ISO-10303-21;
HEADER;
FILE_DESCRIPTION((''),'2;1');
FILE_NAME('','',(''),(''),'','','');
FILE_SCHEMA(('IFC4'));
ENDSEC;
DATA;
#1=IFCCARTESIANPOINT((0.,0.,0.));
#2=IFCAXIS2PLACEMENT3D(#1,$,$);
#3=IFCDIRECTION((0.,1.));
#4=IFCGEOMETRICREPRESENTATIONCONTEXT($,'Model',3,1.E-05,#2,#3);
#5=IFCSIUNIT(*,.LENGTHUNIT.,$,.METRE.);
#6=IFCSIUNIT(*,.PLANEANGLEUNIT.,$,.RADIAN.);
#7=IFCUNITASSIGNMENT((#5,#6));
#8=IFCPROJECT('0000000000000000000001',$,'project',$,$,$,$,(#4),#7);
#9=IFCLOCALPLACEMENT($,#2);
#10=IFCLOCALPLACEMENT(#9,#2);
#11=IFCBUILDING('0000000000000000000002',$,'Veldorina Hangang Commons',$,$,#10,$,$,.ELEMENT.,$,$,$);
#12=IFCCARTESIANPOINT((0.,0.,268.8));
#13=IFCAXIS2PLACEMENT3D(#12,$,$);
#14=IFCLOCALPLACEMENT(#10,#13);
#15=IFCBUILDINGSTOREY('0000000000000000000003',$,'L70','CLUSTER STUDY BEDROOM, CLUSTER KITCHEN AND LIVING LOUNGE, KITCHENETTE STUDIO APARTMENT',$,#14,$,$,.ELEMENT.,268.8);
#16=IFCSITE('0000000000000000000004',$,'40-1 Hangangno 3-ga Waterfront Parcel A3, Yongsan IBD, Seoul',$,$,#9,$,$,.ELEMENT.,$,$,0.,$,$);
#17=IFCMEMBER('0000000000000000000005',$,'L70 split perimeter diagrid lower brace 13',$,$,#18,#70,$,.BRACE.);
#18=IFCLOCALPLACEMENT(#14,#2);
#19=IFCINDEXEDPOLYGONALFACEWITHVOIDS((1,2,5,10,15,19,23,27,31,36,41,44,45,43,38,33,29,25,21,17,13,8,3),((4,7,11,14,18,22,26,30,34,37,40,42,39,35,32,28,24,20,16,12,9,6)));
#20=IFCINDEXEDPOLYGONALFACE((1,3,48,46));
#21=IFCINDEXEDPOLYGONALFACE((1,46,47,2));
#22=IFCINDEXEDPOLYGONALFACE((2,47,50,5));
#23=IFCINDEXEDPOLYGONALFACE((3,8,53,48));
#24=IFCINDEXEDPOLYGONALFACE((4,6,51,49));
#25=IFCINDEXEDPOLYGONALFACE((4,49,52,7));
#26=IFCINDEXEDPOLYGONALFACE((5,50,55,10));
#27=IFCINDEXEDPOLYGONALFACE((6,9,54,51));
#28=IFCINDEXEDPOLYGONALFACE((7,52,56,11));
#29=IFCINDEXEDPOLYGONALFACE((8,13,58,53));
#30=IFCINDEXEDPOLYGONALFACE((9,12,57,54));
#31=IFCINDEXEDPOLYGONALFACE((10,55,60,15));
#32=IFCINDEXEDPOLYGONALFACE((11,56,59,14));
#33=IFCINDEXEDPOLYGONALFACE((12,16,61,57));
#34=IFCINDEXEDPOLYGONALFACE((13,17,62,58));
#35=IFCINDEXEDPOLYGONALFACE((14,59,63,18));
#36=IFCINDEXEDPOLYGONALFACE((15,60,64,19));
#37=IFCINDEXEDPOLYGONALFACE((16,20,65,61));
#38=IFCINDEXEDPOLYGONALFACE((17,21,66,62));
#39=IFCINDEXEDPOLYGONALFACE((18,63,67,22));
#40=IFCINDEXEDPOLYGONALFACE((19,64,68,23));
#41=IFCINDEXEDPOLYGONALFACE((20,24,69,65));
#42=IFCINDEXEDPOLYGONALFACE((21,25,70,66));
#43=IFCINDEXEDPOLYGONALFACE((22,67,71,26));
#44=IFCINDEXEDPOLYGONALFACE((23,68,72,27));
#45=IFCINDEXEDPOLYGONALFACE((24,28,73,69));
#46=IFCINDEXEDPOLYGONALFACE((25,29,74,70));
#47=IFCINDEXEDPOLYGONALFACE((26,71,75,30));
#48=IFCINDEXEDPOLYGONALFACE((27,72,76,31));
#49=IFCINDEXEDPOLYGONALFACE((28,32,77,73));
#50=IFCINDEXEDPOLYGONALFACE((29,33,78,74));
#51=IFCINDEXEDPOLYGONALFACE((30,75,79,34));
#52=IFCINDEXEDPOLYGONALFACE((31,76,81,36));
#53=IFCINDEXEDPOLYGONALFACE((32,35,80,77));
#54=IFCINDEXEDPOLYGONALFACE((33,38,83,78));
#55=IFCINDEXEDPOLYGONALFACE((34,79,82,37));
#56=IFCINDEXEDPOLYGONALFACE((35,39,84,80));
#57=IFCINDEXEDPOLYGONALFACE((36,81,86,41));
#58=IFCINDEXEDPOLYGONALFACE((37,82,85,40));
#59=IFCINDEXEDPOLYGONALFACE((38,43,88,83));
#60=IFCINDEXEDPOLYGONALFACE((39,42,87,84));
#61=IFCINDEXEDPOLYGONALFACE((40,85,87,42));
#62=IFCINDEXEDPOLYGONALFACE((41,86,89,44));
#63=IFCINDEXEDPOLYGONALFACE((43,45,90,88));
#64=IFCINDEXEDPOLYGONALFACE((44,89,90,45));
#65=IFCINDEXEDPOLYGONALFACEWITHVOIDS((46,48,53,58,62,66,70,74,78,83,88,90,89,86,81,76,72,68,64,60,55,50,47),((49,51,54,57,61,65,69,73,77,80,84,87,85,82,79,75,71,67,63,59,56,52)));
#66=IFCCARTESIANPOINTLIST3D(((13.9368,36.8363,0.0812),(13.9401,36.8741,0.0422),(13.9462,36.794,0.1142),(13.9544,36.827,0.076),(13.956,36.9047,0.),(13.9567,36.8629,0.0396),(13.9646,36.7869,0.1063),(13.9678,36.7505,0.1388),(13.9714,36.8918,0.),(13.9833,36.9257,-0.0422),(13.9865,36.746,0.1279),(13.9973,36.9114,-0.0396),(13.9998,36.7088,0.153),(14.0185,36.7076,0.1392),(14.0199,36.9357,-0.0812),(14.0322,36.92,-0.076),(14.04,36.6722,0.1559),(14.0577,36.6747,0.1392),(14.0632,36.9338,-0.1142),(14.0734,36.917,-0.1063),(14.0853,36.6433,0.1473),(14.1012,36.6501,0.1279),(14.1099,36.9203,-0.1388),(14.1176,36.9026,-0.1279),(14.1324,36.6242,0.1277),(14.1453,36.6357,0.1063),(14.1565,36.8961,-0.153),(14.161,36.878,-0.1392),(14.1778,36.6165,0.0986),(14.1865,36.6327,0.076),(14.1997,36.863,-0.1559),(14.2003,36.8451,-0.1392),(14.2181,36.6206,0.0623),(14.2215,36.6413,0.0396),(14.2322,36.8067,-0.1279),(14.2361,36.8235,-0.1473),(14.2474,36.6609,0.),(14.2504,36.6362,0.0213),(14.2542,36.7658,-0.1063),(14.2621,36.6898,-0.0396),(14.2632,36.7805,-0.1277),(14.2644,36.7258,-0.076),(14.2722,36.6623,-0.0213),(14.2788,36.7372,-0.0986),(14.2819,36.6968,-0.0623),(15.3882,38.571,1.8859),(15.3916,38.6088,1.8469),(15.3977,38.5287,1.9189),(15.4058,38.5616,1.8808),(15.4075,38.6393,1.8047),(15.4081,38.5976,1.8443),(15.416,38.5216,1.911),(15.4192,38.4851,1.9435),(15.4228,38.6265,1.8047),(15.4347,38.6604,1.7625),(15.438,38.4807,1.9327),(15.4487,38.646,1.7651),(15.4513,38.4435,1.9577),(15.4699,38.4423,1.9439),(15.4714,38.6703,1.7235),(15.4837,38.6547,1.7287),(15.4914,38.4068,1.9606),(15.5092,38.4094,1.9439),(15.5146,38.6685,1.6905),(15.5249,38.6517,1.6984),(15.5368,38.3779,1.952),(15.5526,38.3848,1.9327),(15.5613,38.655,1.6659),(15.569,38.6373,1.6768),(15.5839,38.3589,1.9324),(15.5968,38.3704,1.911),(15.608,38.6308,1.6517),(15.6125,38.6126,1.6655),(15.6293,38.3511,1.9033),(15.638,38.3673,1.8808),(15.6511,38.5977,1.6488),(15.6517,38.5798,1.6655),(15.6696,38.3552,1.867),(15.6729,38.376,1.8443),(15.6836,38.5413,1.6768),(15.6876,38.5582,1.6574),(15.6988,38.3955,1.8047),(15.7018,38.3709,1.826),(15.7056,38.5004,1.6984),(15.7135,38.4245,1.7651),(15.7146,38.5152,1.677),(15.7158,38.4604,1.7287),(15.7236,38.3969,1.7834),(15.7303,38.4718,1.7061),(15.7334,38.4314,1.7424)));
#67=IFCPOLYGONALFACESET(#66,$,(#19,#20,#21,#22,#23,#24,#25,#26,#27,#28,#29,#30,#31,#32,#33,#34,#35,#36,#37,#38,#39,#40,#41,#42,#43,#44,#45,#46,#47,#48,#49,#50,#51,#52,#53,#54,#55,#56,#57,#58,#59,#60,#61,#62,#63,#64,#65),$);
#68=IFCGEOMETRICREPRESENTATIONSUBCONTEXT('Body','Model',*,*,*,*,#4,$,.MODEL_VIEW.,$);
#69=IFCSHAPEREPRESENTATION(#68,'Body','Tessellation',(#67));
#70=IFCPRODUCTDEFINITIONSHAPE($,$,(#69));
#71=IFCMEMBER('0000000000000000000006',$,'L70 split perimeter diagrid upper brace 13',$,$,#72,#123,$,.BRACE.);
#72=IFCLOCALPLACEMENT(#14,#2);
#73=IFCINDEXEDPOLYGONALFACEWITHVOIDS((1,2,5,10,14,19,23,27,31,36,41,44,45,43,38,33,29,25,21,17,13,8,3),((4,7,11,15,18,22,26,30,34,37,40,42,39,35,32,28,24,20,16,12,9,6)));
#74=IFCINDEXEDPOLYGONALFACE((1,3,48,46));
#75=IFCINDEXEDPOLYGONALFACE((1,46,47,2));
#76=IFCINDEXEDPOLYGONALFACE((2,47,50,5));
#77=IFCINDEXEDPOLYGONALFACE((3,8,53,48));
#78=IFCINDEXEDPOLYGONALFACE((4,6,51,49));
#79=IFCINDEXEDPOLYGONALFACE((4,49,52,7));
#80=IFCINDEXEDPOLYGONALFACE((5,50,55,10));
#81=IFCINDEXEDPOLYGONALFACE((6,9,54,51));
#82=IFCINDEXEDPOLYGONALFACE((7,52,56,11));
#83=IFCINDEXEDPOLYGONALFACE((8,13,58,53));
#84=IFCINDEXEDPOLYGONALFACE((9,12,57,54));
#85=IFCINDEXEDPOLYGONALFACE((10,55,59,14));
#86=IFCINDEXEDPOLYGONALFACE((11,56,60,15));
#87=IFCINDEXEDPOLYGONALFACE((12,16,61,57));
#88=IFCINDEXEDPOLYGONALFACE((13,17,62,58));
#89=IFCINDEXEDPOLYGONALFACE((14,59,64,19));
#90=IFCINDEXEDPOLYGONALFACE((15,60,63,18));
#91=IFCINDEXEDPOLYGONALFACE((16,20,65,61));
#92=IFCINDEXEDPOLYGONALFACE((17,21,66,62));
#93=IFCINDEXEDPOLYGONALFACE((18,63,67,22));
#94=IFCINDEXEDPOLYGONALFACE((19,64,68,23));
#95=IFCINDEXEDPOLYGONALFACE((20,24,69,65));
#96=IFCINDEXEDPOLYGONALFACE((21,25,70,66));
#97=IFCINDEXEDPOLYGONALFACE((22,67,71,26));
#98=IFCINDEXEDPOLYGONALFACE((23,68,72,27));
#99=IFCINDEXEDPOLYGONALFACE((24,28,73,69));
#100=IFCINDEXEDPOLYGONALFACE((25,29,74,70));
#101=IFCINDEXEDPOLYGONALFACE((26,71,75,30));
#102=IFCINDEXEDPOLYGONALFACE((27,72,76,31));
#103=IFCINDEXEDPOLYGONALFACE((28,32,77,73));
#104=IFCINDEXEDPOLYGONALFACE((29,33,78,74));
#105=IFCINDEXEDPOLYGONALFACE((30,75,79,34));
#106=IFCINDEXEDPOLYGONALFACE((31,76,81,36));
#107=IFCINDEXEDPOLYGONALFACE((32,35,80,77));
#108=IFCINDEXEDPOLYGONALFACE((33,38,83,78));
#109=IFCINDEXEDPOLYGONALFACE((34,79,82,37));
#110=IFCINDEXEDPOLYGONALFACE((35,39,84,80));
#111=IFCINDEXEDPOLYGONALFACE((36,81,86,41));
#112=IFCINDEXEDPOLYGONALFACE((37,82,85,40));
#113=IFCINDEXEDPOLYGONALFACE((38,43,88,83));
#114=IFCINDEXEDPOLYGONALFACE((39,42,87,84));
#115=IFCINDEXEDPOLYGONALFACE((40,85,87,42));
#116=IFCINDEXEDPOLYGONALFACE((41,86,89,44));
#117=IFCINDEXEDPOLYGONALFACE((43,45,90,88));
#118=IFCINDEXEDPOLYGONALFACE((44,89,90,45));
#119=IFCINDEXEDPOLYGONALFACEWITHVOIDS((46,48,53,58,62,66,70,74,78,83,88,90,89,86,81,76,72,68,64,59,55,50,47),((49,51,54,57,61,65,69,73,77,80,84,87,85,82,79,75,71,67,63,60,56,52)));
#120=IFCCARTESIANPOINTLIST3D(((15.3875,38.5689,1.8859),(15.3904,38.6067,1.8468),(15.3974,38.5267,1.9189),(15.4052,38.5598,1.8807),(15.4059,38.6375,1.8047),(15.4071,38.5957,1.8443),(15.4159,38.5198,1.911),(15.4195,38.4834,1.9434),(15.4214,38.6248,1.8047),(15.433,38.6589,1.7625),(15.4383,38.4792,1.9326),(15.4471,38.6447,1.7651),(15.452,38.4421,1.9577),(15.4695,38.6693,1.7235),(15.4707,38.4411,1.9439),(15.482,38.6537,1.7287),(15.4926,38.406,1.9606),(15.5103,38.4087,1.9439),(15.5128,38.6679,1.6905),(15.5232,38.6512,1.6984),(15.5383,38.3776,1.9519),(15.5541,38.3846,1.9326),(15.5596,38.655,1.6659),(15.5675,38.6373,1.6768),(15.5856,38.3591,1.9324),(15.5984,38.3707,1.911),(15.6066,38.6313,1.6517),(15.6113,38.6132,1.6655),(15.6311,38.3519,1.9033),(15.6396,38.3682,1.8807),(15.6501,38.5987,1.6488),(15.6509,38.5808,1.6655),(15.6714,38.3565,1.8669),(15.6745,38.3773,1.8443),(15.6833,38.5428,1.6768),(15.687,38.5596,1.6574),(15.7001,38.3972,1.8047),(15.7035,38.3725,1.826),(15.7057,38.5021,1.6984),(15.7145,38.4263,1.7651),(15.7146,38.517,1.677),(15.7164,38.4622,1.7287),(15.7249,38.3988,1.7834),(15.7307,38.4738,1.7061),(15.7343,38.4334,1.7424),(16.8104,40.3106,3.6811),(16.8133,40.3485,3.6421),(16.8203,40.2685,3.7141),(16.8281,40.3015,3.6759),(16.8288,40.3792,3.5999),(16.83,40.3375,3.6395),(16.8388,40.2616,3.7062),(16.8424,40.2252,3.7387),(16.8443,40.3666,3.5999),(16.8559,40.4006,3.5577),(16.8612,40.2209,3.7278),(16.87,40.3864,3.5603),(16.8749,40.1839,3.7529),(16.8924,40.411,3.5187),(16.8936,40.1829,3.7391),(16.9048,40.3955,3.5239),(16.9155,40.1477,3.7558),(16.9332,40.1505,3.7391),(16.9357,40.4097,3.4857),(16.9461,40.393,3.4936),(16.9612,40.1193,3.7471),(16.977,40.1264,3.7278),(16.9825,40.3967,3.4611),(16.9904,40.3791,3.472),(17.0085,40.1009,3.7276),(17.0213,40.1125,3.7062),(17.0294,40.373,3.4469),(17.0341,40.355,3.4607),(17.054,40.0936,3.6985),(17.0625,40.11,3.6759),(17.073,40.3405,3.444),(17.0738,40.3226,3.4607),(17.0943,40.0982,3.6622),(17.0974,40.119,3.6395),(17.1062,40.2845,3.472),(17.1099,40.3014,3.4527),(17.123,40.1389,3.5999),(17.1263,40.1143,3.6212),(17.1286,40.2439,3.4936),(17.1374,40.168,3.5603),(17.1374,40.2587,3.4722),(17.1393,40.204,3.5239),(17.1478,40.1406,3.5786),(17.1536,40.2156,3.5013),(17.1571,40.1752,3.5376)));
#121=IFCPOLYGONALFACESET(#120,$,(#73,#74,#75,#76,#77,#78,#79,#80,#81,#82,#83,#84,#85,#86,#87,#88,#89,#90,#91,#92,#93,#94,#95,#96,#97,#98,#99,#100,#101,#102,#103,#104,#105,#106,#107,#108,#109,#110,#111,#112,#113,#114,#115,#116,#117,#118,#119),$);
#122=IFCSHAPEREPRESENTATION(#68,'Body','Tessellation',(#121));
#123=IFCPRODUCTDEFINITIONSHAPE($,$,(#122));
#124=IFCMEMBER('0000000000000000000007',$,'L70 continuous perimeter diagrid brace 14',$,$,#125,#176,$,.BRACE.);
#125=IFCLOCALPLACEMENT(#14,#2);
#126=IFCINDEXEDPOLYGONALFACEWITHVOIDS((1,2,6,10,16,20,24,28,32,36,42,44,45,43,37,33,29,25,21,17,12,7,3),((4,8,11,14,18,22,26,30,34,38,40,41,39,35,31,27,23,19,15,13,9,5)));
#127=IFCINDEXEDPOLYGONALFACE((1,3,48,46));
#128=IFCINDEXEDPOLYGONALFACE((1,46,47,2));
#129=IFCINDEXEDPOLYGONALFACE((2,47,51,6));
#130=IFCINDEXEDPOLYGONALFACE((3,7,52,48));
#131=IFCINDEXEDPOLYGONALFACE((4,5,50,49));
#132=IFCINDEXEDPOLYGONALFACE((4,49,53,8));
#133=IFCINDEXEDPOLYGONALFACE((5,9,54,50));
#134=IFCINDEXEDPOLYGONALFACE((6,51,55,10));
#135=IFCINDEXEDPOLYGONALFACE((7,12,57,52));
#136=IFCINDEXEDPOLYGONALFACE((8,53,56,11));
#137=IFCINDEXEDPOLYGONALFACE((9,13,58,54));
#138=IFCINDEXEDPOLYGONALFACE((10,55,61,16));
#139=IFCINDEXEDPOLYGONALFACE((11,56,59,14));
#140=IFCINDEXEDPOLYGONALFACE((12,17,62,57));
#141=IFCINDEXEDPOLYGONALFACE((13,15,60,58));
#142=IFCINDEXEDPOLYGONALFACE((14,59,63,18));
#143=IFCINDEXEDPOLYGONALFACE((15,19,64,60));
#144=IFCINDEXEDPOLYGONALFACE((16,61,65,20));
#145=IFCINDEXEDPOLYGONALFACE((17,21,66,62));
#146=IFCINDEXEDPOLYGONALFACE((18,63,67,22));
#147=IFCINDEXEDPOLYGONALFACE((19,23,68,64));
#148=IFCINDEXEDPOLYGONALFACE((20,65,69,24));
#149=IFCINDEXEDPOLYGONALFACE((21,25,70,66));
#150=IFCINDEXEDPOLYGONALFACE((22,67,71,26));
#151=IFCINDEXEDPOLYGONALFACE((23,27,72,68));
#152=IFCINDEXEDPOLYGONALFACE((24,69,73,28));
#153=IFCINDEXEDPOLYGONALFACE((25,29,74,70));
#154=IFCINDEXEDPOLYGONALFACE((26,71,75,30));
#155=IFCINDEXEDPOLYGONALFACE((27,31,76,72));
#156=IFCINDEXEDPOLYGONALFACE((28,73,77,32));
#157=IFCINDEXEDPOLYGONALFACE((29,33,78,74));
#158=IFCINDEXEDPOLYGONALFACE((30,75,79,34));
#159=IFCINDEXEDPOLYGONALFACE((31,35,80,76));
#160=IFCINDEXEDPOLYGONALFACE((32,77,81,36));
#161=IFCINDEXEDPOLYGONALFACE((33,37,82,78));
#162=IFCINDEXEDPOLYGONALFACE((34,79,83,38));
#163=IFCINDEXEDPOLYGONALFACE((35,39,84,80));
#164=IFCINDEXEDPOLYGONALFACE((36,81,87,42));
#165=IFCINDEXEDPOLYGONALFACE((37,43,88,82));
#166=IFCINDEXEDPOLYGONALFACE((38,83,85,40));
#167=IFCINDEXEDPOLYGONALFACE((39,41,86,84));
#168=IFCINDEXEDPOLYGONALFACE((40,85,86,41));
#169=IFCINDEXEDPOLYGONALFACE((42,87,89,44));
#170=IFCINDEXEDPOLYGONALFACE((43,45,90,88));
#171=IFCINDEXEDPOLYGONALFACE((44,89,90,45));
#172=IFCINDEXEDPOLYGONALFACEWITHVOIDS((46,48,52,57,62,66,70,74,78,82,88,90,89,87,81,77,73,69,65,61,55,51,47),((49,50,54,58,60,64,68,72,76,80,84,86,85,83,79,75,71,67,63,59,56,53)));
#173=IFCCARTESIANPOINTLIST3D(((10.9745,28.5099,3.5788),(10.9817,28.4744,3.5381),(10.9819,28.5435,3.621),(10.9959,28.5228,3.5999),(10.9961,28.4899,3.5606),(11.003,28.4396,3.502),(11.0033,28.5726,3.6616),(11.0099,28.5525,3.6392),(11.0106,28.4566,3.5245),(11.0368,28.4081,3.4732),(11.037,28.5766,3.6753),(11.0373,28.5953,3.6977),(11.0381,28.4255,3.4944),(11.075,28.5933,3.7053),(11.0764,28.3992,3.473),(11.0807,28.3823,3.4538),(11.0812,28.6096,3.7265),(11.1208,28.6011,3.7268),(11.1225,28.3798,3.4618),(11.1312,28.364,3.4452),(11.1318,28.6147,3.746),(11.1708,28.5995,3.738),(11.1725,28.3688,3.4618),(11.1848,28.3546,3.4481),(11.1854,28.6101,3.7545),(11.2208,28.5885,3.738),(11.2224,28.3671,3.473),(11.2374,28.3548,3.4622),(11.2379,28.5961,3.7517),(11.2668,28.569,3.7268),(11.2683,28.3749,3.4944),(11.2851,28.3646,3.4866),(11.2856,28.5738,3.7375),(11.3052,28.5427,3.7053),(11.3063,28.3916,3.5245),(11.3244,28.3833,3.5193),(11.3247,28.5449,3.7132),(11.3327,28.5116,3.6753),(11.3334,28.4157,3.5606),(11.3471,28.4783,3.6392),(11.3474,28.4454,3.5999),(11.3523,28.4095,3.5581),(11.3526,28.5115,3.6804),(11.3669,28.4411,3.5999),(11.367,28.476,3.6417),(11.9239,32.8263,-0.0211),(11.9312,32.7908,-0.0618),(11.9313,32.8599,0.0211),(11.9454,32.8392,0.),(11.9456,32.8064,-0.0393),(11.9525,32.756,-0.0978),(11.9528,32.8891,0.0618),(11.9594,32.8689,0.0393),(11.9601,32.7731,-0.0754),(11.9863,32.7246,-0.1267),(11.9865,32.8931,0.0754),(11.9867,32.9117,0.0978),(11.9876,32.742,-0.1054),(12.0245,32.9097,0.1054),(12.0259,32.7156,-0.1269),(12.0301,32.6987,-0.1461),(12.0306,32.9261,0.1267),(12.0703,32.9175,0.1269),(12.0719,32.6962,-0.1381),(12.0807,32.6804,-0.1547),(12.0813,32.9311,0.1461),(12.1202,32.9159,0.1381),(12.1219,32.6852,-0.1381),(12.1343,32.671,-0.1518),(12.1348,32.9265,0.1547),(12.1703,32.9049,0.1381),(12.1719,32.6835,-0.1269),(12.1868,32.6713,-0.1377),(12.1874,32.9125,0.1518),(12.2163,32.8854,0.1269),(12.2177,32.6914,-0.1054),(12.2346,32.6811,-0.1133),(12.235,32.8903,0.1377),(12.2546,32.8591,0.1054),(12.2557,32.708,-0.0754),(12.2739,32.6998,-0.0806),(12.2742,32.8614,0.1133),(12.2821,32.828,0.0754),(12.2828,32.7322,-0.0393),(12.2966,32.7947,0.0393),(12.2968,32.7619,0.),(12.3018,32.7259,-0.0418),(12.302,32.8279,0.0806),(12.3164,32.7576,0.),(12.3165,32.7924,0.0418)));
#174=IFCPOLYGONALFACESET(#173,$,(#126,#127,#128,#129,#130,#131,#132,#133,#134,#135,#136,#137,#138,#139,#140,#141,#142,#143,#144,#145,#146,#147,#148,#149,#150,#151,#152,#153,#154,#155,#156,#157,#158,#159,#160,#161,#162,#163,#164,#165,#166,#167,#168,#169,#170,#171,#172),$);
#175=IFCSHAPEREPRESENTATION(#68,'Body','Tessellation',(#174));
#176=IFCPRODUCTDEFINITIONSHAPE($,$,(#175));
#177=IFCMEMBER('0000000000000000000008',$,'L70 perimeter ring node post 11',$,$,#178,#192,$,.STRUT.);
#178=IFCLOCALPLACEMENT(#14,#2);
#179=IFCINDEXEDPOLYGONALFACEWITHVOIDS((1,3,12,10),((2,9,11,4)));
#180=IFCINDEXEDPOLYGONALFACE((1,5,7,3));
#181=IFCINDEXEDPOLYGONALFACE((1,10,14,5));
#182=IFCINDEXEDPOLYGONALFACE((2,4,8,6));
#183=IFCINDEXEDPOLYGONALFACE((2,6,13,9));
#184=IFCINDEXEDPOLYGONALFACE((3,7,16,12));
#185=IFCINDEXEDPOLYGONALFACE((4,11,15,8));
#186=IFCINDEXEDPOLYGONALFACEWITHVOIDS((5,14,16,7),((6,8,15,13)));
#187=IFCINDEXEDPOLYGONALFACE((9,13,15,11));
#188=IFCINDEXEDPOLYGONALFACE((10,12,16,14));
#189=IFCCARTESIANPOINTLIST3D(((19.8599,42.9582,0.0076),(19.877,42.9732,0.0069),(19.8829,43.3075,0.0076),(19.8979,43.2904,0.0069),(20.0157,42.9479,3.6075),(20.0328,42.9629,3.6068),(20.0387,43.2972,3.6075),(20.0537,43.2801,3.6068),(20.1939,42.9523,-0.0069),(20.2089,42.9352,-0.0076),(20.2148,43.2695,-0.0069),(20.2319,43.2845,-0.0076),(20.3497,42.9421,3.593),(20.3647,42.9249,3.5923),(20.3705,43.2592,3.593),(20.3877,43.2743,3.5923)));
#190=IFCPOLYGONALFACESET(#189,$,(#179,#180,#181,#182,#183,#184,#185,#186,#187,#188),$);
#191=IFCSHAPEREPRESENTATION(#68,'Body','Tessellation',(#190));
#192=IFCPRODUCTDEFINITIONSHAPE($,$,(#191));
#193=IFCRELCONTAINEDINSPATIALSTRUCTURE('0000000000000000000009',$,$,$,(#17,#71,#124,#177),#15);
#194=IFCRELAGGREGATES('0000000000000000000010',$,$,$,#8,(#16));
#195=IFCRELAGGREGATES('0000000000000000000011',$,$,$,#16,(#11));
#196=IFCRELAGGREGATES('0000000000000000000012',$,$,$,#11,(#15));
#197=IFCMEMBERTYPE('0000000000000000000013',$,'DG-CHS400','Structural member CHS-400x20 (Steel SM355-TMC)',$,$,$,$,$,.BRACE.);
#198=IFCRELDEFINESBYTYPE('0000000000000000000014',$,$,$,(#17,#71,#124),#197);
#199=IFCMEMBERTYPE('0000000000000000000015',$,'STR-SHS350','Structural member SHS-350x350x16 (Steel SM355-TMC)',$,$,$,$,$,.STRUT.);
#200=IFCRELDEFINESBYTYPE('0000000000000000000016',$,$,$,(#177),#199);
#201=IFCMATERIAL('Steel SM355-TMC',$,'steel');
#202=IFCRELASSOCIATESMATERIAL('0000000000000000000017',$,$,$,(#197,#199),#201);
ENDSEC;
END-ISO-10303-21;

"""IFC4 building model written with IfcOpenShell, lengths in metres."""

from ifc_helpers import new_model, si_unit, direction, frame, origin, origin_2d, place, context, subcontext, project, spatial, hollow_rectangle, hollow_circle, extrude, material, material_profile, profile_set, type_object, element, save


model = new_model("IFC4")

# Units and contexts
model_context = context("Model", 3, precision=1e-05, world=origin(), true_north=direction((0.0, 1.0)))
body_context = subcontext(model_context, "Body", "Model", "MODEL_VIEW")
ifc_project = project(units=[si_unit("LENGTHUNIT", "METRE"), si_unit("PLANEANGLEUNIT", "RADIAN")], contexts=[model_context])

# Site, building, storey
site_placement = place(None, origin())
site = spatial("IfcSite", under=ifc_project, at=site_placement, Name="40-1 Hangangno 3-ga Waterfront Parcel A3, Yongsan IBD, Seoul", CompositionType="ELEMENT", RefElevation=0.0)
building_placement = place(site_placement, origin())
building = spatial("IfcBuilding", under=site, at=building_placement, Name="Veldorina Hangang Commons", CompositionType="ELEMENT")
storey_placement = place(building_placement, frame((0.0, 0.0, 268.8)))
storey = spatial("IfcBuildingStorey", under=building, at=storey_placement, Name="L70", Description="CLUSTER STUDY BEDROOM, CLUSTER KITCHEN AND LIVING LOUNGE, KITCHENETTE STUDIO APARTMENT", CompositionType="ELEMENT", Elevation=268.8)

# Shared definitions
ifc_material_1 = material(Name="Steel SM355-TMC", Category="steel")

# Members
ifc_material_profile_1 = material_profile(ifc_material_1, hollow_circle(Radius=0.2, WallThickness=0.02, at=origin_2d()), Name="CHS-400x20")
ifc_profile_set_1 = profile_set([ifc_material_profile_1], Name="Steel SM355-TMC")
member_type_1 = type_object("IfcMemberType", Name="DG-CHS400", Description="Structural member CHS-400x20 (Steel SM355-TMC)", PredefinedType="BRACE", material=ifc_profile_set_1)
member_1_placement = place(storey_placement, frame((14.1094, 36.7764, 0.0), z_axis=(0.501611, 0.599486, 0.623702), x_axis=(-0.766937, 0.641723, 0.0)))
element("IfcMember", 1, at=member_1_placement, inside=storey, type_object=member_type_1, Name="L70 split perimeter diagrid lower brace 13", PredefinedType="BRACE", context=body_context, shape_type="SweptSolid", body=[
    extrude(hollow_circle(Radius=0.2, WallThickness=0.02, at=origin_2d()), origin(), (0.0, 0.0, 1.0), 2.8936),
])
member_2_placement = place(storey_placement, frame((15.5608, 38.511, 1.8047), z_axis=(0.494456, 0.605259, 0.623839), x_axis=(-0.774431, 0.632658, 0.0)))
element("IfcMember", 2, at=member_2_placement, inside=storey, type_object=member_type_1, Name="L70 split perimeter diagrid upper brace 13", PredefinedType="BRACE", context=body_context, shape_type="SweptSolid", body=[
    extrude(hollow_circle(Radius=0.2, WallThickness=0.02, at=origin_2d()), origin(), (0.0, 0.0, 1.0), 2.8777),
])
member_3_placement = place(storey_placement, frame((12.1211, 32.8005, 0.0), z_axis=(-0.166568, -0.757243, 0.631536), x_axis=(0.976651, -0.21483, 0.0)))
element("IfcMember", 3, at=member_3_placement, inside=storey, type_object=member_type_1, Name="L70 continuous perimeter diagrid brace 14", PredefinedType="BRACE", context=body_context, shape_type="SweptSolid", body=[
    extrude(hollow_circle(Radius=0.2, WallThickness=0.02, at=origin_2d()), origin(), (0.0, 0.0, 1.0), 5.7002),
])
ifc_material_profile_2 = material_profile(ifc_material_1, hollow_rectangle(XDim=0.3501, YDim=0.3501, WallThickness=0.0161, at=origin_2d()), Name="SHS-350x350x16")
ifc_profile_set_2 = profile_set([ifc_material_profile_2], Name="Steel SM355-TMC")
member_type_2 = type_object("IfcMemberType", Name="STR-SHS350", Description="Structural member SHS-350x350x16 (Steel SM355-TMC)", PredefinedType="STRUT", material=ifc_profile_set_2)
member_4_placement = place(storey_placement, frame((20.0459, 43.1213, 0.0), z_axis=(0.043228, -0.002846, 0.999061), x_axis=(0.065689, 0.99784, 0.0)))
element("IfcMember", 4, at=member_4_placement, inside=storey, type_object=member_type_2, Name="L70 perimeter ring node post 11", PredefinedType="STRUT", context=body_context, shape_type="SweptSolid", body=[
    extrude(hollow_rectangle(XDim=0.3501, YDim=0.3501, WallThickness=0.0161, at=origin_2d()), origin(), (0.0, 0.0, 1.0), 3.6033),
])

save(model, "model.ifc")
